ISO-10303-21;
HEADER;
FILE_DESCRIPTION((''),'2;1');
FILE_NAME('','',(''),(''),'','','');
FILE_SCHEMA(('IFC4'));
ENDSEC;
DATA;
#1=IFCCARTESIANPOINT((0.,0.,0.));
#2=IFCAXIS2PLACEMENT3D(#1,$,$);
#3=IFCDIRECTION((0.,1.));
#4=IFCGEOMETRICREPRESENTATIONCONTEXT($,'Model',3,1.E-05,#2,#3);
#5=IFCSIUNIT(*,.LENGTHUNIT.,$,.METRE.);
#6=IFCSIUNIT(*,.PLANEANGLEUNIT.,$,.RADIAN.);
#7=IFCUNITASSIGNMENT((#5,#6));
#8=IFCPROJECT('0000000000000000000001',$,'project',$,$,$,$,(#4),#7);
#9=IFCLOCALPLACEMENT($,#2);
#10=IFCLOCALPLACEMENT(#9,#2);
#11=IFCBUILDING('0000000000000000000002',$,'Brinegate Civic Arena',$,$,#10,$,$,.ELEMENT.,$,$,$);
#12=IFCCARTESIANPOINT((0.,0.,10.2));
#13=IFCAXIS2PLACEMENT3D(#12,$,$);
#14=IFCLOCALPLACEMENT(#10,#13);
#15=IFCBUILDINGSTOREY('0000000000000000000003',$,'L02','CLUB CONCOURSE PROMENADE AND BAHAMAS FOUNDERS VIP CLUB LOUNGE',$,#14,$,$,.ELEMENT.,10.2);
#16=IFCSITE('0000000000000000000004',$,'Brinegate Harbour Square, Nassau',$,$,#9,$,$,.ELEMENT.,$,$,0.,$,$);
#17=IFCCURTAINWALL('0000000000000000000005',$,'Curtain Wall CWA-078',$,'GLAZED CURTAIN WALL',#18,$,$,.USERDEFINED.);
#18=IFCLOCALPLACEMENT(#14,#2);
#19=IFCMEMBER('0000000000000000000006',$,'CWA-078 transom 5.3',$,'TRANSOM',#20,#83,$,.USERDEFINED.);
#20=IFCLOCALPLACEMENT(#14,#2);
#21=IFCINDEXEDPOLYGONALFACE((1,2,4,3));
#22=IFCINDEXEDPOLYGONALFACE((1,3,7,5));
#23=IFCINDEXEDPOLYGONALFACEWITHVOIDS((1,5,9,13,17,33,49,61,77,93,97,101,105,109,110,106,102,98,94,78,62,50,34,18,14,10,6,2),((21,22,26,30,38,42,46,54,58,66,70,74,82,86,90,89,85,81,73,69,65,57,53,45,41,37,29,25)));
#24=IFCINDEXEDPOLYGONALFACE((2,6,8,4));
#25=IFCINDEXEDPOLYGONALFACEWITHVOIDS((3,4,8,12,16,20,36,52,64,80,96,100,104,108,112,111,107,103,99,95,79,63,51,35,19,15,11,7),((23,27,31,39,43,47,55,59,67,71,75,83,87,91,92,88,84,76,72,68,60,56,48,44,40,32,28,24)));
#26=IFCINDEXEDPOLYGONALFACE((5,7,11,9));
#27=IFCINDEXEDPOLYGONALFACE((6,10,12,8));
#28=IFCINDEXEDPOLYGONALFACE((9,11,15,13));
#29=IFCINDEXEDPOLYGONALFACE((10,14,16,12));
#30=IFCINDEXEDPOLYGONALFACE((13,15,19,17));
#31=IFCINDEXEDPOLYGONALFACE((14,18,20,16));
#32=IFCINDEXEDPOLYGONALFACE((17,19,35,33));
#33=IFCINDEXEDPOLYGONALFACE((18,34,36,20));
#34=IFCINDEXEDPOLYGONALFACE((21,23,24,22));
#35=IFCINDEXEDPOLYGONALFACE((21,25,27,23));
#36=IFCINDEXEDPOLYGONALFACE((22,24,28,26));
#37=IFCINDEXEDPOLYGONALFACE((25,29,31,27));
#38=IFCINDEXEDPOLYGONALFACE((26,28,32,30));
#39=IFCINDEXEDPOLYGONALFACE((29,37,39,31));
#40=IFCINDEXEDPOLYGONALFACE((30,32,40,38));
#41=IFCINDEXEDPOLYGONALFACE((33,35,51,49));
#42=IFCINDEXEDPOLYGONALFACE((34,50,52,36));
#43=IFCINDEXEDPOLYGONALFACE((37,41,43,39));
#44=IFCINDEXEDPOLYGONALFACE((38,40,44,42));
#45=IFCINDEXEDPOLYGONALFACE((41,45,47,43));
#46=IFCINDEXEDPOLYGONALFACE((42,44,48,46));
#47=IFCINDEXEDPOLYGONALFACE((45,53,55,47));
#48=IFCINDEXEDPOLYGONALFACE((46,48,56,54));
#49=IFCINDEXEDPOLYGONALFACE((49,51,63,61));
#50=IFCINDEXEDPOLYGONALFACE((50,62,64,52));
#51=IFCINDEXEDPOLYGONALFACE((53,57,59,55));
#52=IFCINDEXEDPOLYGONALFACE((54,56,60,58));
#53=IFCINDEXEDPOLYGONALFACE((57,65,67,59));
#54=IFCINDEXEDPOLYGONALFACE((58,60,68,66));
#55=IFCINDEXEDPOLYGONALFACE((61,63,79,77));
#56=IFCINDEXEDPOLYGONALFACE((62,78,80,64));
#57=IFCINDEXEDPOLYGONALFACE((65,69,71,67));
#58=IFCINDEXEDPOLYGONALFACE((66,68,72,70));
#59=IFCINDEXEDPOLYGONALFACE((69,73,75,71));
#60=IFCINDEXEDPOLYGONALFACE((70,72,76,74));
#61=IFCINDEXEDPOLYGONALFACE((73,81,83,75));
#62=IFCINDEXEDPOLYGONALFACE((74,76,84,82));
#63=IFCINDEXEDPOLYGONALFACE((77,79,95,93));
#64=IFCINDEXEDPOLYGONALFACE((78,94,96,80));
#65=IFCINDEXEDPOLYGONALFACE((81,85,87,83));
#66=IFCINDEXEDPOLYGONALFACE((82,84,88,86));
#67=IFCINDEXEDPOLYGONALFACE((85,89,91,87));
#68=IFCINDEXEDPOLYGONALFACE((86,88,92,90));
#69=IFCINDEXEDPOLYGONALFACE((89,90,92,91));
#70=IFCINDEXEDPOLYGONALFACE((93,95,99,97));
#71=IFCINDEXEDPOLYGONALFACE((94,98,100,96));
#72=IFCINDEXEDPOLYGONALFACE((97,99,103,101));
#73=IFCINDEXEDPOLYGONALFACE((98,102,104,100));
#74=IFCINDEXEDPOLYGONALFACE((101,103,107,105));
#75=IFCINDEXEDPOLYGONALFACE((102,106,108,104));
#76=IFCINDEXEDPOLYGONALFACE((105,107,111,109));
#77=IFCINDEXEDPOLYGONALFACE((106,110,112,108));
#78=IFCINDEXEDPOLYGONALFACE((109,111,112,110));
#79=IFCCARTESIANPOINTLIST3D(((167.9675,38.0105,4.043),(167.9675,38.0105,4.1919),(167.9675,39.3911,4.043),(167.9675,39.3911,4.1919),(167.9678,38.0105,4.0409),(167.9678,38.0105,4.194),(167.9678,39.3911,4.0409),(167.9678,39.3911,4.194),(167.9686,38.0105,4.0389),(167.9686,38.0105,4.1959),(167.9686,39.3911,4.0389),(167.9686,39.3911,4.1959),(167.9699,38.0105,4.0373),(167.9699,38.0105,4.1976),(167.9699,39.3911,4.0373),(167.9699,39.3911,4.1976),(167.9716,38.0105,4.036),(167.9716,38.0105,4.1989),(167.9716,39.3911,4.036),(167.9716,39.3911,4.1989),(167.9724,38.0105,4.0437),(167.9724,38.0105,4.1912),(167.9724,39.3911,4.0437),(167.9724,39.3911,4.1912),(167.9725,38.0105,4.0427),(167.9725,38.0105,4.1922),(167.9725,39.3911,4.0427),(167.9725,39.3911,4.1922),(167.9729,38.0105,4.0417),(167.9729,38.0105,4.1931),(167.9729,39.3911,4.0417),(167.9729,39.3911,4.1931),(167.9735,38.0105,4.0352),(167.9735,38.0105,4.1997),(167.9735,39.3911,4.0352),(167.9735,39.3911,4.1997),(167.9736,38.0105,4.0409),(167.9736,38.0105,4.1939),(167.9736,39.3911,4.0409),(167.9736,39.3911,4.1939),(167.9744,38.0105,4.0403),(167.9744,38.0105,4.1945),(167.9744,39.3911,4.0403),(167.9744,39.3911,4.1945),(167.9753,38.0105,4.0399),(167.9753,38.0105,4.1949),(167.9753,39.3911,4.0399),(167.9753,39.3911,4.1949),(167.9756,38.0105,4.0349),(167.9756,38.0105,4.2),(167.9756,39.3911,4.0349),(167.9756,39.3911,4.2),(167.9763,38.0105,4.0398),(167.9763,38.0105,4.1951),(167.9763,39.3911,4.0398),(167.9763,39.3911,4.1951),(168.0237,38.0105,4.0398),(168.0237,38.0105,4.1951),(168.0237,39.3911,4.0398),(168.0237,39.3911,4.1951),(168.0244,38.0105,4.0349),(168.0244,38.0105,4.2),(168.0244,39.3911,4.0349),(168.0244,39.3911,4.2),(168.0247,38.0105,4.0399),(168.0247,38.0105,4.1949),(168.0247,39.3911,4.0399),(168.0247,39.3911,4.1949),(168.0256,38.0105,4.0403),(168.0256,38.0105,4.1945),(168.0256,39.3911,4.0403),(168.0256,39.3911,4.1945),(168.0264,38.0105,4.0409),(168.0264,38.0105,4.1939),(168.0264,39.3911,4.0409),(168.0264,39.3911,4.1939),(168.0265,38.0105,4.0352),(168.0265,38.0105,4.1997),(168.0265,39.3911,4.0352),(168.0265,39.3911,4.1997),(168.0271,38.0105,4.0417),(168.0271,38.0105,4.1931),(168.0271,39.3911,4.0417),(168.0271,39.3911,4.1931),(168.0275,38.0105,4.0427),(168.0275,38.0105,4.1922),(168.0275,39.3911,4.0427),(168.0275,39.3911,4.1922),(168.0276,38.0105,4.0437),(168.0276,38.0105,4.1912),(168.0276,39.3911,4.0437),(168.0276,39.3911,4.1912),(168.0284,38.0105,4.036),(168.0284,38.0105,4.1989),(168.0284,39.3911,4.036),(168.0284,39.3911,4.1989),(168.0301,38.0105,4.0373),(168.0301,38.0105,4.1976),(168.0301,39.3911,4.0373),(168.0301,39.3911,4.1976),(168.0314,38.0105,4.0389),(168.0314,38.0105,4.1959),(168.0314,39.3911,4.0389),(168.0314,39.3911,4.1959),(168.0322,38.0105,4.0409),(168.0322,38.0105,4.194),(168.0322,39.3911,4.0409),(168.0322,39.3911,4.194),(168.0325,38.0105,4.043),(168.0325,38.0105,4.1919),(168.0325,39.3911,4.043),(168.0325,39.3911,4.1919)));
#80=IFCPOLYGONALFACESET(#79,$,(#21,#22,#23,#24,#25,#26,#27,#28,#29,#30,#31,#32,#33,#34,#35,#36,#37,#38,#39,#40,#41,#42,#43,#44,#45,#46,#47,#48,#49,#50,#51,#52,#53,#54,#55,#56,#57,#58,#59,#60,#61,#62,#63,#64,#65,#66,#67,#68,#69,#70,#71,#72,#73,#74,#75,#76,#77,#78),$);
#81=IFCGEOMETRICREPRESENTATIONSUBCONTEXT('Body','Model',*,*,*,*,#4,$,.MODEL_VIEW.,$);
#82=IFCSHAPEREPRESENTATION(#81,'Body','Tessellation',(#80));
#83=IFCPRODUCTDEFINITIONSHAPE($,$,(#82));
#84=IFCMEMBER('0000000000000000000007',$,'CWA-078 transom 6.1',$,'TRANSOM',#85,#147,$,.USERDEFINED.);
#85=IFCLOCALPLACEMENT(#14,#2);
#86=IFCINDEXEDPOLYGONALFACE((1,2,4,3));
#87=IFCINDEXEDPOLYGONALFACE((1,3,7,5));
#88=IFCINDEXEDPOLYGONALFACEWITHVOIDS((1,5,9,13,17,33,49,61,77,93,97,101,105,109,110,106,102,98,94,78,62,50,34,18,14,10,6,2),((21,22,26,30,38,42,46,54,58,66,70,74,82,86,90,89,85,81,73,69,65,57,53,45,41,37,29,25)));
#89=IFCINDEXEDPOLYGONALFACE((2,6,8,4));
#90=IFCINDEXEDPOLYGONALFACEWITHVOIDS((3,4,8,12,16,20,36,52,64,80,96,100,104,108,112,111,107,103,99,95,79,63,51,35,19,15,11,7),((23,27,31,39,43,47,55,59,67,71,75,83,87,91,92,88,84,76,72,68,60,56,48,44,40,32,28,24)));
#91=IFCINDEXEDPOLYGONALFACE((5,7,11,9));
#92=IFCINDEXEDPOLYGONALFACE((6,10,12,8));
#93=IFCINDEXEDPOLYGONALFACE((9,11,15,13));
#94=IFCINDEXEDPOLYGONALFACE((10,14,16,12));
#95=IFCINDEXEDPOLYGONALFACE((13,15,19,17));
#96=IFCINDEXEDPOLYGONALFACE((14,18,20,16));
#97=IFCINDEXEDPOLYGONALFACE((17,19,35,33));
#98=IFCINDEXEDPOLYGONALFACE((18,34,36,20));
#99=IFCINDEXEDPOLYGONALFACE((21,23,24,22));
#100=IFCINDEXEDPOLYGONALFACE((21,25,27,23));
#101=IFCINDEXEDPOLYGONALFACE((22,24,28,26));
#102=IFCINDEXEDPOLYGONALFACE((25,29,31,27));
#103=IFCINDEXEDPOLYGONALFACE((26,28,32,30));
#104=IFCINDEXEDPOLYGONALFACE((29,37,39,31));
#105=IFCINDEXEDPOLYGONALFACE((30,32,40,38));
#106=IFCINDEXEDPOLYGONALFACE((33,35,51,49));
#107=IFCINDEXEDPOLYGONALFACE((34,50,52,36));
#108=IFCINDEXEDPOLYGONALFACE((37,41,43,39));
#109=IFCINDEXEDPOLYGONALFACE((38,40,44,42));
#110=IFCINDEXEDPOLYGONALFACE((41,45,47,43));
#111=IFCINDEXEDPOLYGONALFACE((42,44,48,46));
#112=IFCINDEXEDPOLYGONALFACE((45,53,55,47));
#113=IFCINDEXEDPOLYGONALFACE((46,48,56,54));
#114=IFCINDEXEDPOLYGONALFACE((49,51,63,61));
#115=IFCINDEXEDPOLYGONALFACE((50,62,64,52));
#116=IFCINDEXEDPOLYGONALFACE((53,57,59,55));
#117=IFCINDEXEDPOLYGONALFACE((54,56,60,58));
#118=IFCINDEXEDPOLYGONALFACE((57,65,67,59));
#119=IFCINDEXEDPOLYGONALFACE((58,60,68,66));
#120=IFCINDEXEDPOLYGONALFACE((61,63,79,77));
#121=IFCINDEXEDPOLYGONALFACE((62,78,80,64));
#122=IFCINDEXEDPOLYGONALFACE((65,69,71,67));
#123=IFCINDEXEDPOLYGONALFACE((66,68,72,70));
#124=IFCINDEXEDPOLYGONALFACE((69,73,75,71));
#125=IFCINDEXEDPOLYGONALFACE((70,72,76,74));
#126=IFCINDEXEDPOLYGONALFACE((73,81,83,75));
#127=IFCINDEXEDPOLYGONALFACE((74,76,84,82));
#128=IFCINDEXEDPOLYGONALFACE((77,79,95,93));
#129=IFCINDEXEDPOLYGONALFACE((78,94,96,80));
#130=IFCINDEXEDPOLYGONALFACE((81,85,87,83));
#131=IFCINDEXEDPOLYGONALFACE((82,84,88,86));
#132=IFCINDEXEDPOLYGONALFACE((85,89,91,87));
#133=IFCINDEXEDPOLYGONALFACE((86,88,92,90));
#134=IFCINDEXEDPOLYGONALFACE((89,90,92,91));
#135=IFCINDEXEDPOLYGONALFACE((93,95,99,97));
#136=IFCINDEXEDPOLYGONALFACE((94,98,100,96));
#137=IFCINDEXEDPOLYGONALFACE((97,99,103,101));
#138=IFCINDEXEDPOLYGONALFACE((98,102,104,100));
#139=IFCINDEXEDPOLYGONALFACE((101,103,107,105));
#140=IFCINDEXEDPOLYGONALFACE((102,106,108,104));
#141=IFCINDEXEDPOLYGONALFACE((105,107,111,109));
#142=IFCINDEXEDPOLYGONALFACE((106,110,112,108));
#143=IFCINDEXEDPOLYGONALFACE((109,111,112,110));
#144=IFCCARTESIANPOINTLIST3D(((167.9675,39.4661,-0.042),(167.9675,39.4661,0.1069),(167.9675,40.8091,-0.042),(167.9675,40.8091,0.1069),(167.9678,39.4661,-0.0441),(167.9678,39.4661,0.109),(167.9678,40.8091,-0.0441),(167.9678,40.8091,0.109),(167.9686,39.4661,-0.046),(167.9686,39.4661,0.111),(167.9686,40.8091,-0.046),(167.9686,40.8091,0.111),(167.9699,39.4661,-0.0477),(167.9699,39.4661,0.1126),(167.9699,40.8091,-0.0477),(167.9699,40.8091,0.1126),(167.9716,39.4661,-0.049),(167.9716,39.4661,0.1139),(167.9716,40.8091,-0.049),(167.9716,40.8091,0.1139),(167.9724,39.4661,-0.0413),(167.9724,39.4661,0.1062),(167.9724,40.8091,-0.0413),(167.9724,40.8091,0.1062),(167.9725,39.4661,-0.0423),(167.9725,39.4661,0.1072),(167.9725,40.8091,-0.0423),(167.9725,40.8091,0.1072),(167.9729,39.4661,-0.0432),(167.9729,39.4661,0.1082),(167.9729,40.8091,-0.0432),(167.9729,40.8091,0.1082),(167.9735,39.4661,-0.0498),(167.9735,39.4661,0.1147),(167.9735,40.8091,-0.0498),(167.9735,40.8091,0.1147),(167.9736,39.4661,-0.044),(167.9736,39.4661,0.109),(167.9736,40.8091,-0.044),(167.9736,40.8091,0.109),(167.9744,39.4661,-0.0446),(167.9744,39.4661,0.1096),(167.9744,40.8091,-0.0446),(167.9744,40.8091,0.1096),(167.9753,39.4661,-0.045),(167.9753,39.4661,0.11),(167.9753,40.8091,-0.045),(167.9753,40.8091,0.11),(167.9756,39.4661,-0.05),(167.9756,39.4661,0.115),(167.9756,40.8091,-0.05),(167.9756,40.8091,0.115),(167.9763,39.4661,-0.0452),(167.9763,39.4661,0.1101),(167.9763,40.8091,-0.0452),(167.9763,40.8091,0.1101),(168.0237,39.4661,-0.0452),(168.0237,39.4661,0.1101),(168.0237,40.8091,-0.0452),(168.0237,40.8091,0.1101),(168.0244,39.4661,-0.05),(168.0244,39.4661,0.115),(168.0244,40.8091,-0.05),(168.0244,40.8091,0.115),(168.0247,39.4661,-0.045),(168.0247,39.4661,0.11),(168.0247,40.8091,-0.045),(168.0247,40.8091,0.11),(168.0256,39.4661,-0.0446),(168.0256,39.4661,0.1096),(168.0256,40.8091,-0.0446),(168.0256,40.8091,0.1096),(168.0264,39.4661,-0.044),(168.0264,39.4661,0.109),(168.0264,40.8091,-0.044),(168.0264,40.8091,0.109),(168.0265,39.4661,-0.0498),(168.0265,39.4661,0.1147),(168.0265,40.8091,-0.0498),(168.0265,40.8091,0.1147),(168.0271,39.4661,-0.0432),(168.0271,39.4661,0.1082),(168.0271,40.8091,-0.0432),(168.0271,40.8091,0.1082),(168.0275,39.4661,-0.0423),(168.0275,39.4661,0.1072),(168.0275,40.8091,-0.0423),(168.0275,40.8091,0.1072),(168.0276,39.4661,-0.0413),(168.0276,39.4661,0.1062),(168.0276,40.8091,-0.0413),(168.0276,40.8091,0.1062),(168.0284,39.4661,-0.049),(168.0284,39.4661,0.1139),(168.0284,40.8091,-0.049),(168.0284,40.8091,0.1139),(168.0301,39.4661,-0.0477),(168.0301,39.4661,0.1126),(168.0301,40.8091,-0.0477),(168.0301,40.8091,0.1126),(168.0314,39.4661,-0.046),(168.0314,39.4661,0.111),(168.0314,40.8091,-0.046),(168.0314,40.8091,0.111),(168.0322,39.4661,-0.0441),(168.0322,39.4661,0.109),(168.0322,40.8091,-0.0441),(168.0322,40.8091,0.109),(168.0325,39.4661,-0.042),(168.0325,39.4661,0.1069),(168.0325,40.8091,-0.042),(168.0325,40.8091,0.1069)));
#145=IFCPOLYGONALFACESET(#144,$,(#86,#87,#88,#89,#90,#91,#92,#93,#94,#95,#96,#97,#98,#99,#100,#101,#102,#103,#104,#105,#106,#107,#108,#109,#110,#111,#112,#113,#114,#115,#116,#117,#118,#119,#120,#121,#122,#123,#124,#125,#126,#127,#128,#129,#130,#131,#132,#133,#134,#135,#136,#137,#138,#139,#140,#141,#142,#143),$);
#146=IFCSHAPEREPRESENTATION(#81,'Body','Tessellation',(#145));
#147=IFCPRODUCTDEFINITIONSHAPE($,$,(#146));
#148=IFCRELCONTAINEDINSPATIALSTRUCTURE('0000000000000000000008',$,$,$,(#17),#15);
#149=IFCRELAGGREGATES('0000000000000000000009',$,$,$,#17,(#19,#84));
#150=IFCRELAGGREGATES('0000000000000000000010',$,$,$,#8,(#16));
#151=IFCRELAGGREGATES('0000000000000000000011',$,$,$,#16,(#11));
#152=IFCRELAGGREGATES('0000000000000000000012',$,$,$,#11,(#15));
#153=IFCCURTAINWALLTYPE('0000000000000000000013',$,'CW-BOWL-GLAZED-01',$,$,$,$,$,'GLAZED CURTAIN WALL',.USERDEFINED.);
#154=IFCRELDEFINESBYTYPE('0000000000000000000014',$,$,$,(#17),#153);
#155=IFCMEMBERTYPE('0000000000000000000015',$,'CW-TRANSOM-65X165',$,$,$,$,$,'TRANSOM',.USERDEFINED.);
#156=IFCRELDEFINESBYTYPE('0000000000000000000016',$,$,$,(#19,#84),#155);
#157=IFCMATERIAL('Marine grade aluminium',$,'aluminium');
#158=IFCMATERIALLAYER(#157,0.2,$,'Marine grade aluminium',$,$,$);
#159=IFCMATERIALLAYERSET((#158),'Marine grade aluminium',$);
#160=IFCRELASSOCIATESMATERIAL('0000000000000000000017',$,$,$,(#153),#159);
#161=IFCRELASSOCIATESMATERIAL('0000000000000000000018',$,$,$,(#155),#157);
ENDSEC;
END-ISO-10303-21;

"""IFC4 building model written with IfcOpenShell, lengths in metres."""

from ifc_helpers import new_model, si_unit, direction, frame, origin, origin_2d, place, context, subcontext, project, spatial, hollow_rectangle, extrude, material, layer, layer_set, material_profile, profile_set, type_object, element, aggregate, save


model = new_model("IFC4")

# Units and contexts
model_context = context("Model", 3, precision=1e-05, world=origin(), true_north=direction((0.0, 1.0)))
body_context = subcontext(model_context, "Body", "Model", "MODEL_VIEW")
ifc_project = project(units=[si_unit("LENGTHUNIT", "METRE"), si_unit("PLANEANGLEUNIT", "RADIAN")], contexts=[model_context])

# Site, building, storey
site_placement = place(None, origin())
site = spatial("IfcSite", under=ifc_project, at=site_placement, Name="Brinegate Harbour Square, Nassau", CompositionType="ELEMENT", RefElevation=0.0)
building_placement = place(site_placement, origin())
building = spatial("IfcBuilding", under=site, at=building_placement, Name="Brinegate Civic Arena", CompositionType="ELEMENT")
storey_placement = place(building_placement, frame((0.0, 0.0, 10.2)))
storey = spatial("IfcBuildingStorey", under=building, at=storey_placement, Name="L02", Description="CLUB CONCOURSE PROMENADE AND BAHAMAS FOUNDERS VIP CLUB LOUNGE", CompositionType="ELEMENT", Elevation=10.2)

# Curtain wall
ifc_material_1 = material(Name="Marine grade aluminium", Category="aluminium")
ifc_layer_1 = layer(ifc_material_1, 0.2, Name="Marine grade aluminium")
ifc_layer_set_1 = layer_set([ifc_layer_1], Name="Marine grade aluminium")
curtain_wall_type = type_object("IfcCurtainWallType", Name="CW-BOWL-GLAZED-01", ElementType="GLAZED CURTAIN WALL", PredefinedType="USERDEFINED", material=ifc_layer_set_1)
curtain_wall_1_placement = place(storey_placement, origin())
curtain_wall_1 = element("IfcCurtainWall", 1, at=curtain_wall_1_placement, inside=storey, type_object=curtain_wall_type, Name="Curtain Wall CWA-078", ObjectType="GLAZED CURTAIN WALL", PredefinedType="USERDEFINED")

# Members
ifc_material_profile_1 = material_profile(ifc_material_1, hollow_rectangle(XDim=0.0649, YDim=0.165, WallThickness=0.0049, InnerFilletRadius=0.0039, OuterFilletRadius=0.0081, at=origin_2d()), Name="TRN65X165")
ifc_profile_set_1 = profile_set([ifc_material_profile_1], Name="Marine grade aluminium")
member_type_1 = type_object("IfcMemberType", Name="CW-TRANSOM-65X165", ElementType="TRANSOM", PredefinedType="USERDEFINED", material=ifc_profile_set_1)
member_1_placement = place(storey_placement, frame((168.0, 38.0105, 4.1174), z_axis=(0.0, 1.0, 0.0), x_axis=(-1.0, 0.0, 0.0)))
member_1 = element("IfcMember", 2, at=member_1_placement, type_object=member_type_1, Name="CWA-078 transom 5.3", ObjectType="TRANSOM", PredefinedType="USERDEFINED", context=body_context, shape_type="SweptSolid", body=[
    extrude(hollow_rectangle(XDim=0.0649, YDim=0.165, WallThickness=0.0049, InnerFilletRadius=0.0039, OuterFilletRadius=0.0081, at=origin_2d()), origin(), (0.0, 0.0, 1.0), 1.3806),
])
member_2_placement = place(storey_placement, frame((168.0, 39.4661, 0.0325), z_axis=(0.0, 1.0, 0.0), x_axis=(-1.0, 0.0, 0.0)))
member_2 = element("IfcMember", 3, at=member_2_placement, type_object=member_type_1, Name="CWA-078 transom 6.1", ObjectType="TRANSOM", PredefinedType="USERDEFINED", context=body_context, shape_type="SweptSolid", body=[
    extrude(hollow_rectangle(XDim=0.0649, YDim=0.165, WallThickness=0.0049, InnerFilletRadius=0.0039, OuterFilletRadius=0.0081, at=origin_2d()), origin(), (0.0, 0.0, 1.0), 1.343),
])

aggregate(curtain_wall_1, [member_1, member_2])

save(model, "model.ifc")
